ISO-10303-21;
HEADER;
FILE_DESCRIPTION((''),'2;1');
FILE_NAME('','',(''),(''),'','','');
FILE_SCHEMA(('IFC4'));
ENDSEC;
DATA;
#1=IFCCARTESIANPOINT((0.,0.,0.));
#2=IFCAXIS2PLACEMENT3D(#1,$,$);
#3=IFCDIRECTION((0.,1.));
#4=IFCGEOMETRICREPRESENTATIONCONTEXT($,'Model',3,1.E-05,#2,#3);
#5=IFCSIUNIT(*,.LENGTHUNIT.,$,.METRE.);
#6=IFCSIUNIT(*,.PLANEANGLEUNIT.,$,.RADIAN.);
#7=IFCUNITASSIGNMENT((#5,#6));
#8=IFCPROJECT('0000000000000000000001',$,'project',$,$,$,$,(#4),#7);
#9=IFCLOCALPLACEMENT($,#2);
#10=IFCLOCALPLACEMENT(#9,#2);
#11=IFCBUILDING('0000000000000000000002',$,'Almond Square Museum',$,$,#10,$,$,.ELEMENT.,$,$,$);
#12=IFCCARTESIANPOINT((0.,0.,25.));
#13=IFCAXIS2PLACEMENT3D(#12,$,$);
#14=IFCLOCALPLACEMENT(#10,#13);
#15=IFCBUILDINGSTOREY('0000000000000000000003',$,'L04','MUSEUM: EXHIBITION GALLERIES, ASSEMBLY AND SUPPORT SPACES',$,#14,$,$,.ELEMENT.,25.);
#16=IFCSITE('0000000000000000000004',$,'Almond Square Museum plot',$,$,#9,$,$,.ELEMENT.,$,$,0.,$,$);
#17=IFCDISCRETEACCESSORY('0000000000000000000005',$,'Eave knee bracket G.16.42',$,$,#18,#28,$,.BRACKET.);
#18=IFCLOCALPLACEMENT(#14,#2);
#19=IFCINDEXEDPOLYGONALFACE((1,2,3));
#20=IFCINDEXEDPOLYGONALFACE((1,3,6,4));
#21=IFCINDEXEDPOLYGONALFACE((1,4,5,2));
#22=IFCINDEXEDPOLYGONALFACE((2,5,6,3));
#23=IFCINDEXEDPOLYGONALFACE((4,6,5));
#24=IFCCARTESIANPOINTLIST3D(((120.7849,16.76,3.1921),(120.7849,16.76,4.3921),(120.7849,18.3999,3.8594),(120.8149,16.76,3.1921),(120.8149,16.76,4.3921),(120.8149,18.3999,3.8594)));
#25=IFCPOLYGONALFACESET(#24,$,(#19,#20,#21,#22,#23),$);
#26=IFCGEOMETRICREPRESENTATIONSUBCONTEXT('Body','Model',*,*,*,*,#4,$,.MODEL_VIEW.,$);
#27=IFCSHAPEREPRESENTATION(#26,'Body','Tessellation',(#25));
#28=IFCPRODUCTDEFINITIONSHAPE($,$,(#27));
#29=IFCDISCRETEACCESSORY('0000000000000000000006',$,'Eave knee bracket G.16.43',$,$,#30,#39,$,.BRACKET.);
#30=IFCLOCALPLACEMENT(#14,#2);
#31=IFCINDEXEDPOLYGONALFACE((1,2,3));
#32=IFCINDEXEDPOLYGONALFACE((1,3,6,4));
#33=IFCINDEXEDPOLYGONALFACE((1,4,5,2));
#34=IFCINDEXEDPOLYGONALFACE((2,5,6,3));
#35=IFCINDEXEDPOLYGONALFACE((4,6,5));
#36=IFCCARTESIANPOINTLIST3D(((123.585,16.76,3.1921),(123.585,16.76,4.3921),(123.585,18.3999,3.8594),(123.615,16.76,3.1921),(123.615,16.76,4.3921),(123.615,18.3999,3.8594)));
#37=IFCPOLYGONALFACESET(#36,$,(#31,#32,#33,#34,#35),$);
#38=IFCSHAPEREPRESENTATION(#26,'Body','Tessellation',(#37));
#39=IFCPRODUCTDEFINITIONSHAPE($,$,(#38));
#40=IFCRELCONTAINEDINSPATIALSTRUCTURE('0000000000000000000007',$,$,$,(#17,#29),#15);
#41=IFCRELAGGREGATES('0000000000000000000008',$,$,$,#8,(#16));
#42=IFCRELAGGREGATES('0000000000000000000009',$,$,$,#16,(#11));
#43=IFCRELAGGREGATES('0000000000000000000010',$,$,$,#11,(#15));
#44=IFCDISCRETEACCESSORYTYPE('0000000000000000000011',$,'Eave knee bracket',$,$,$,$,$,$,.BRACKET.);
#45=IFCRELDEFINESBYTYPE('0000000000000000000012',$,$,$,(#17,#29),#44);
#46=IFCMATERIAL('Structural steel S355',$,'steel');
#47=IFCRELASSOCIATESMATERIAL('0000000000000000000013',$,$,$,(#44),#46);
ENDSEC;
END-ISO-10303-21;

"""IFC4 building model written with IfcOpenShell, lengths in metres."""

from ifc_helpers import new_model, si_unit, direction, frame, origin, place, context, subcontext, project, spatial, polyline, outline, extrude, material, type_object, element, save


model = new_model("IFC4")

# Units and contexts
model_context = context("Model", 3, precision=1e-05, world=origin(), true_north=direction((0.0, 1.0)))
body_context = subcontext(model_context, "Body", "Model", "MODEL_VIEW")
ifc_project = project(units=[si_unit("LENGTHUNIT", "METRE"), si_unit("PLANEANGLEUNIT", "RADIAN")], contexts=[model_context])

# Site, building, storey
site_placement = place(None, origin())
site = spatial("IfcSite", under=ifc_project, at=site_placement, Name="Almond Square Museum plot", CompositionType="ELEMENT", RefElevation=0.0)
building_placement = place(site_placement, origin())
building = spatial("IfcBuilding", under=site, at=building_placement, Name="Almond Square Museum", CompositionType="ELEMENT")
storey_placement = place(building_placement, frame((0.0, 0.0, 25.0)))
storey = spatial("IfcBuildingStorey", under=building, at=storey_placement, Name="L04", Description="MUSEUM: EXHIBITION GALLERIES, ASSEMBLY AND SUPPORT SPACES", CompositionType="ELEMENT", Elevation=25.0)

# Discrete accessories
ifc_material_1 = material(Name="Structural steel S355", Category="steel")
discrete_accessory_type = type_object("IfcDiscreteAccessoryType", Name="Eave knee bracket", PredefinedType="BRACKET", material=ifc_material_1)
for number, where, z_axis, x_axis, name in (
    (1, (120.8, 16.76, 4.3921), (1.0, 0.0, 0.0), (0.0, 0.0, -1.0), "Eave knee bracket G.16.42"),
    (2, (123.6001, 16.76, 4.3921), (1.0, 0.0, 0.0), (0.0, 0.0, -1.0), "Eave knee bracket G.16.43"),
):
    element("IfcDiscreteAccessory", number, at=place(storey_placement, frame(where, z_axis=z_axis, x_axis=x_axis)), inside=storey, type_object=discrete_accessory_type, Name=name, PredefinedType="BRACKET", context=body_context, shape_type="SweptSolid", body=[
        extrude(outline(polyline([(0.0, 0.0), (1.2, 0.0), (0.5327, 1.6399), (0.0, 0.0)])), frame((0.0, 0.0, -0.0151)), (0.0, 0.0, 1.0), 0.03),
    ])

save(model, "model.ifc")
